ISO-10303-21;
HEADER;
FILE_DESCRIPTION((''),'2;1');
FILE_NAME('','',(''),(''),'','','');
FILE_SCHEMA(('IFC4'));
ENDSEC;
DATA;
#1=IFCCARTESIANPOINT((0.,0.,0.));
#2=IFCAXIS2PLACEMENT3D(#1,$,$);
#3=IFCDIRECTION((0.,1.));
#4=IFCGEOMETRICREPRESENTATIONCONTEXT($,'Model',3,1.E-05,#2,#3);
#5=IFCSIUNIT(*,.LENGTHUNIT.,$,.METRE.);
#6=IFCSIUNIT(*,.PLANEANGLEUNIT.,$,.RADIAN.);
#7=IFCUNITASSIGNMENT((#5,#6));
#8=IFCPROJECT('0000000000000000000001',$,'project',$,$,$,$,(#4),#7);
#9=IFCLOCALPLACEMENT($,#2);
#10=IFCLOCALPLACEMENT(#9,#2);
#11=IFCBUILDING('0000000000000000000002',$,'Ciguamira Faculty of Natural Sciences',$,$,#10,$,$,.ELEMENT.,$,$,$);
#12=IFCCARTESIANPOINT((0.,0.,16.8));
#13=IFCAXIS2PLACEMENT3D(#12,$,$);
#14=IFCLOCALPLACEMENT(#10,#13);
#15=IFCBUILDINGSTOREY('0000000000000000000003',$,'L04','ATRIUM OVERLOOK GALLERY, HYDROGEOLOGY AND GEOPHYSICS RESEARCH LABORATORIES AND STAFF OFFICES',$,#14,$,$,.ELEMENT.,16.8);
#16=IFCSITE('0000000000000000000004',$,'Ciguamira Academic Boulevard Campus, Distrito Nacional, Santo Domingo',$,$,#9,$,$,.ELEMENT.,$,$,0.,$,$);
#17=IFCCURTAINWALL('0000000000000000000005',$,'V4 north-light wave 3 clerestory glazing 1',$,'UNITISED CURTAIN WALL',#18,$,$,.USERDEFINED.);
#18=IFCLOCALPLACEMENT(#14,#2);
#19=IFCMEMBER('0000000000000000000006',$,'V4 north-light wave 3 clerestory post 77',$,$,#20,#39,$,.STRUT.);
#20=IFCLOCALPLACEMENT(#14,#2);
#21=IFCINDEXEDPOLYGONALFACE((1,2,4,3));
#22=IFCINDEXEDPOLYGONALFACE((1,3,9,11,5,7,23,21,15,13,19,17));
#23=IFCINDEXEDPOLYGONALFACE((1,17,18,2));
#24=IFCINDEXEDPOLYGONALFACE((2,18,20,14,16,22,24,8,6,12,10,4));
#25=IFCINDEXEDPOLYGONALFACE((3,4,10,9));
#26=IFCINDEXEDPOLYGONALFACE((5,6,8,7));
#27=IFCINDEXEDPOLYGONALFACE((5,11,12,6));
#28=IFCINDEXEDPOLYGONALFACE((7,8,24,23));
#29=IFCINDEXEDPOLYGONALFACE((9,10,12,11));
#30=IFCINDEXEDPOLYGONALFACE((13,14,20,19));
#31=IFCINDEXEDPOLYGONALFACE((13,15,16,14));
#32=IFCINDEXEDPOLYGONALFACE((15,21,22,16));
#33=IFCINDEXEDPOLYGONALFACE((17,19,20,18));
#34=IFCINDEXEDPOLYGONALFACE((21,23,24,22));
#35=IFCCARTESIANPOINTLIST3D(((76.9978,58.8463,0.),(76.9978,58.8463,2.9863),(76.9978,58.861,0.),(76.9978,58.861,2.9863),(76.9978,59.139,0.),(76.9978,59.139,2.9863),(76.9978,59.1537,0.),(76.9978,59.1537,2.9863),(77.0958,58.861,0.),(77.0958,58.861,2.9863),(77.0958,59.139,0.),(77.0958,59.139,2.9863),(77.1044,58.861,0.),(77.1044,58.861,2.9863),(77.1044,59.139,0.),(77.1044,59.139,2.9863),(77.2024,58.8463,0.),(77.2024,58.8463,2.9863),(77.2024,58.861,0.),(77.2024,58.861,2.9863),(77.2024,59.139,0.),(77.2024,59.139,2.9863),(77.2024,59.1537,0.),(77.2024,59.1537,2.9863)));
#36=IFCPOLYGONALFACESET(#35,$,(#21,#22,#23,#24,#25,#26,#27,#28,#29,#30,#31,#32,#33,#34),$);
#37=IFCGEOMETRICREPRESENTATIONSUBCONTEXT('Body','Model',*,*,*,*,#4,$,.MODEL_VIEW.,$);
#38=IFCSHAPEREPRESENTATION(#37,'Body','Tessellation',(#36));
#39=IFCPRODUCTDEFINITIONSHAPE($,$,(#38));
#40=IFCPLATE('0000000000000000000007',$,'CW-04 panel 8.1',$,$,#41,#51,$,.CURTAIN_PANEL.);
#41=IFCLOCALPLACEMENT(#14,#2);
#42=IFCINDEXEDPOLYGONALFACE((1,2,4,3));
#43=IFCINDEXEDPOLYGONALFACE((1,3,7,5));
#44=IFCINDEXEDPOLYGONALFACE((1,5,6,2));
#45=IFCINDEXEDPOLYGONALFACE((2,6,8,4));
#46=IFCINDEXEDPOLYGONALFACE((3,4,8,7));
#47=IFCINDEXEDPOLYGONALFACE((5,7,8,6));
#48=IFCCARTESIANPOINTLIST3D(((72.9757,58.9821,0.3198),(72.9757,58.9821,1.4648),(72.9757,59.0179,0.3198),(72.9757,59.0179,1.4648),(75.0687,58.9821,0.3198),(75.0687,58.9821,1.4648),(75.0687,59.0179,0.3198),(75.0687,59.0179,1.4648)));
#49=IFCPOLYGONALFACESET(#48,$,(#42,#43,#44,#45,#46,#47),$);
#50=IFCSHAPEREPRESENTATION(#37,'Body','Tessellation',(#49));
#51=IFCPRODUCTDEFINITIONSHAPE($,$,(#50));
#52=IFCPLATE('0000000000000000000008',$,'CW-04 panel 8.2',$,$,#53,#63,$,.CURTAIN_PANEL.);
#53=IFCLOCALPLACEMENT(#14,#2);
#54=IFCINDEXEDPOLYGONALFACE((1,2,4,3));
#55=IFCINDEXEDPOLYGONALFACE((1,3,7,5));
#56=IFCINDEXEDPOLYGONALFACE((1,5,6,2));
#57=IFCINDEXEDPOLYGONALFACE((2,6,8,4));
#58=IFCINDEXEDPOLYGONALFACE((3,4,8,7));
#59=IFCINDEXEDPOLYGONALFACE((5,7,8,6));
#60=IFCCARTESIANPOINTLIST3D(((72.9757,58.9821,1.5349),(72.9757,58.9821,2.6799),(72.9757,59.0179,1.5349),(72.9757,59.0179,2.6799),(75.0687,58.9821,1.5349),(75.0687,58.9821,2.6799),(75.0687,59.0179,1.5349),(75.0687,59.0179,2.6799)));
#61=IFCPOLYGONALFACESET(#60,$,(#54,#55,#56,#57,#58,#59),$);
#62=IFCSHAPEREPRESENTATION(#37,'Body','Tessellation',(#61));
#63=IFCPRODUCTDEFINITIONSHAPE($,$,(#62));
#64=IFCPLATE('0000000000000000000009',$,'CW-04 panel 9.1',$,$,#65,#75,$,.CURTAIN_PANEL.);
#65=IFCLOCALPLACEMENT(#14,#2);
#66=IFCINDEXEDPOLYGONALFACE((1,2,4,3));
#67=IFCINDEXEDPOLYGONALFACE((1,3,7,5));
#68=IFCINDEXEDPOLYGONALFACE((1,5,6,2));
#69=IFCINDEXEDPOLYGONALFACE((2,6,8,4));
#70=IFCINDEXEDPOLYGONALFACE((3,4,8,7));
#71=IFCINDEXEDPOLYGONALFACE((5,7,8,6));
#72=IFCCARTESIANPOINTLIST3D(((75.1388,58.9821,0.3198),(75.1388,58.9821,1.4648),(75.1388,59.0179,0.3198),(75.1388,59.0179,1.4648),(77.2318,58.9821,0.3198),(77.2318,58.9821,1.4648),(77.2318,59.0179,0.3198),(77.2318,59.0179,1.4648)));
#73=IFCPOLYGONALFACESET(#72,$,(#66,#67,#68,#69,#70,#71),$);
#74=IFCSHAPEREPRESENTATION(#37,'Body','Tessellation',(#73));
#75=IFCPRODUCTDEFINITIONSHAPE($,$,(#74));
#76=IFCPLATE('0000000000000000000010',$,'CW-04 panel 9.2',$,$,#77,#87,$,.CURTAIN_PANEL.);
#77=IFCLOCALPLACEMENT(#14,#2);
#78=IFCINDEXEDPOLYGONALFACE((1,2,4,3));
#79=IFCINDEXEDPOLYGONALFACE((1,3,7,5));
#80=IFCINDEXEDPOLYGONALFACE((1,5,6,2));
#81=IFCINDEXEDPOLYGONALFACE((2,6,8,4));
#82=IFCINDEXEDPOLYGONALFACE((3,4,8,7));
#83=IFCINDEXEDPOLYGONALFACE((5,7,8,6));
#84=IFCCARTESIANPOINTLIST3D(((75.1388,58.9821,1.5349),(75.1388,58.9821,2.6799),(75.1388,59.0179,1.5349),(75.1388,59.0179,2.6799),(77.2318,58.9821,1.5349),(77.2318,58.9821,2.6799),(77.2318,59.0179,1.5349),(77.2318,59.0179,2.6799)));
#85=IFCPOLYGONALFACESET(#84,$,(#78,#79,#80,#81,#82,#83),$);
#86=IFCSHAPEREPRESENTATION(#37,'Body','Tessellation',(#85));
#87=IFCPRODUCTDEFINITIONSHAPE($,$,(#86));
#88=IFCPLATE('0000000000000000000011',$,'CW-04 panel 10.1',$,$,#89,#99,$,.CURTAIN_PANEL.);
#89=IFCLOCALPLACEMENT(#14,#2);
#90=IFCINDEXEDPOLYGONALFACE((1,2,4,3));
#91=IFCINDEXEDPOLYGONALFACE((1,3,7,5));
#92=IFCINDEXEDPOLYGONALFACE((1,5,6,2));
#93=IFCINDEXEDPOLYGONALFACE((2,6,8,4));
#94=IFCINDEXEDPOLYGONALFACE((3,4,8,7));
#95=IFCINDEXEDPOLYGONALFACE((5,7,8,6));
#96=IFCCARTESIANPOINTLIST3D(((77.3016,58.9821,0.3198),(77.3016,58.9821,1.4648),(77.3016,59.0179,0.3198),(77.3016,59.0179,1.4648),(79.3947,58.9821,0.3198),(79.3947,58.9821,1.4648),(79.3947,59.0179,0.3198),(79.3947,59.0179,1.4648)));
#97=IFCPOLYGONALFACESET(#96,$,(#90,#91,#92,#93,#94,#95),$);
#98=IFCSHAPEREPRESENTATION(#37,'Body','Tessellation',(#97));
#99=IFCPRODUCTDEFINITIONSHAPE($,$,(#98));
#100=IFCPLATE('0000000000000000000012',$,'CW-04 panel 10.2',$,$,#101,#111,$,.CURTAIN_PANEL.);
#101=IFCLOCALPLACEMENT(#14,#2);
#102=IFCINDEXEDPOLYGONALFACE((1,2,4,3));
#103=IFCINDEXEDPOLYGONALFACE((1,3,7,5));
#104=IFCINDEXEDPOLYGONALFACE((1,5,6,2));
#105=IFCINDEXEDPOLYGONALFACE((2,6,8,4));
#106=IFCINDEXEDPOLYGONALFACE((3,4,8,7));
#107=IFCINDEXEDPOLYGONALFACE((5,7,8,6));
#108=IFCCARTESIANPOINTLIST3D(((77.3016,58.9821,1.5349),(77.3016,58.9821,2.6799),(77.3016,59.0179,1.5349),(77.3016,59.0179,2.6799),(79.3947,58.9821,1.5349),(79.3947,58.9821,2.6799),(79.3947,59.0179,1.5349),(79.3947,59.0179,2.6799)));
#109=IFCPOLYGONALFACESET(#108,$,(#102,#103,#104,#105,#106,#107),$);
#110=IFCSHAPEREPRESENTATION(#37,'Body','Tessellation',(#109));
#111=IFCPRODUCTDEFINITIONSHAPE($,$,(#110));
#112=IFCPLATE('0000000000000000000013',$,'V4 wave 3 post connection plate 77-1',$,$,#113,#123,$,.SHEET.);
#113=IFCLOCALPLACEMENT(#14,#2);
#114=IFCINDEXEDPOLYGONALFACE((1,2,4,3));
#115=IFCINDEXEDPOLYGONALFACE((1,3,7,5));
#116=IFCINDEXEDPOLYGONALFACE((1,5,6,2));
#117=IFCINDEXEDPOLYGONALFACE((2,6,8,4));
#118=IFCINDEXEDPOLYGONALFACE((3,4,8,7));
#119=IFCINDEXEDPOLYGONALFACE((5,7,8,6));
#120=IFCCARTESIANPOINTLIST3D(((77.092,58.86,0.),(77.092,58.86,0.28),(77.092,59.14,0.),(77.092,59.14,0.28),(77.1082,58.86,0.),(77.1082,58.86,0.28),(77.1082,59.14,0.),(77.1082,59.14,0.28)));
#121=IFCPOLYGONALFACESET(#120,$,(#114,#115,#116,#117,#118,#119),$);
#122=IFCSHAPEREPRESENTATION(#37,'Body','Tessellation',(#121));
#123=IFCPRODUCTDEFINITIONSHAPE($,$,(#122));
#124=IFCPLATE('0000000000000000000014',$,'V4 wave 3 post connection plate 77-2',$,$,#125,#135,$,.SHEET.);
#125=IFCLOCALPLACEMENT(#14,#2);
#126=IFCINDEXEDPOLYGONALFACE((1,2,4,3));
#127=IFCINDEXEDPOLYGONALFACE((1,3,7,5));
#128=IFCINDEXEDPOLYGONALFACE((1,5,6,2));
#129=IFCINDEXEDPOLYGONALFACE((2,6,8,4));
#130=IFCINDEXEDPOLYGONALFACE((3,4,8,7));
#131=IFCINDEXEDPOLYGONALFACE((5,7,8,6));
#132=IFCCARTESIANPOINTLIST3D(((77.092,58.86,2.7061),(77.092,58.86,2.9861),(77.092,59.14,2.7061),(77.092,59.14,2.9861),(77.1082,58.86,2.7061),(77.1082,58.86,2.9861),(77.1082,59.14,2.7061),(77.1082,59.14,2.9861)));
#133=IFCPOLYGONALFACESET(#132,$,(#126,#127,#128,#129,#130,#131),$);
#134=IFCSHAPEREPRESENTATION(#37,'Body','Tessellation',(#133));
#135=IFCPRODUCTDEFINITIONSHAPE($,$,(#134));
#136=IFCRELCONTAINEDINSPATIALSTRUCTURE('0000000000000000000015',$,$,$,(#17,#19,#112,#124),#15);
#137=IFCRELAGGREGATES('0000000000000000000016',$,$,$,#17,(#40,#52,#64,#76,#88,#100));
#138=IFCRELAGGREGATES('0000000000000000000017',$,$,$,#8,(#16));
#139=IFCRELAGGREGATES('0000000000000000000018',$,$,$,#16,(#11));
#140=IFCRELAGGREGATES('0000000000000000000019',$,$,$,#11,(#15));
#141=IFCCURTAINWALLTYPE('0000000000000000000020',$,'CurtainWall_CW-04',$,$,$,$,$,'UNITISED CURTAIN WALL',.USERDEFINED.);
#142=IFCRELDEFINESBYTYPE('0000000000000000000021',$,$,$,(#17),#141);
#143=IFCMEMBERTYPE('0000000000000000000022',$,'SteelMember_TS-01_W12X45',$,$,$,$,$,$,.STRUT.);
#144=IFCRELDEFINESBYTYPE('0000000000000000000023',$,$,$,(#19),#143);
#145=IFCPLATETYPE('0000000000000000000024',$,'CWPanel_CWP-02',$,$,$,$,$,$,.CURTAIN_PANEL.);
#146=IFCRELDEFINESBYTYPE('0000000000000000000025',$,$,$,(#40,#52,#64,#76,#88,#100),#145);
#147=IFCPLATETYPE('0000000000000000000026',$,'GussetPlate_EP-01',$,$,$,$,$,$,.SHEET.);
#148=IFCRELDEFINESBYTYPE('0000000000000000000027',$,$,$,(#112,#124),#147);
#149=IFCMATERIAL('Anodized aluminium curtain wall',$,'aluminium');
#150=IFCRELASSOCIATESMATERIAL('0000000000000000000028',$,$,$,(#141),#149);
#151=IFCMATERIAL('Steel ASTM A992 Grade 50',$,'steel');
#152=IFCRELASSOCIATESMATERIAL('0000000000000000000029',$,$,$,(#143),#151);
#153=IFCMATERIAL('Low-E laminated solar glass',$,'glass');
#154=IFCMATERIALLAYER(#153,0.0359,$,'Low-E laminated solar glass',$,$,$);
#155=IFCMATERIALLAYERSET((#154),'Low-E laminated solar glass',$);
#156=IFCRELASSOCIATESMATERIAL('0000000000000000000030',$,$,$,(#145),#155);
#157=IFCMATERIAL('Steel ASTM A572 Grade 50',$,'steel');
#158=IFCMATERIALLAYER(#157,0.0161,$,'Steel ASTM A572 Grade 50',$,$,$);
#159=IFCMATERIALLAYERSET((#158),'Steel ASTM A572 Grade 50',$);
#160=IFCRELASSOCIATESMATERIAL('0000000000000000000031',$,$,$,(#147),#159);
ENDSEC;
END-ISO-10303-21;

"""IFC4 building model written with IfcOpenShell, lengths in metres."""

from ifc_helpers import new_model, si_unit, direction, frame, origin, origin_2d, place, context, subcontext, project, spatial, rectangle, i_section, extrude, material, layer, layer_set, material_profile, profile_set, type_object, element, aggregate, save


model = new_model("IFC4")

# Units and contexts
model_context = context("Model", 3, precision=1e-05, world=origin(), true_north=direction((0.0, 1.0)))
body_context = subcontext(model_context, "Body", "Model", "MODEL_VIEW")
ifc_project = project(units=[si_unit("LENGTHUNIT", "METRE"), si_unit("PLANEANGLEUNIT", "RADIAN")], contexts=[model_context])

# Site, building, storey
site_placement = place(None, origin())
site = spatial("IfcSite", under=ifc_project, at=site_placement, Name="Ciguamira Academic Boulevard Campus, Distrito Nacional, Santo Domingo", CompositionType="ELEMENT", RefElevation=0.0)
building_placement = place(site_placement, origin())
building = spatial("IfcBuilding", under=site, at=building_placement, Name="Ciguamira Faculty of Natural Sciences", CompositionType="ELEMENT")
storey_placement = place(building_placement, frame((0.0, 0.0, 16.8)))
storey = spatial("IfcBuildingStorey", under=building, at=storey_placement, Name="L04", Description="ATRIUM OVERLOOK GALLERY, HYDROGEOLOGY AND GEOPHYSICS RESEARCH LABORATORIES AND STAFF OFFICES", CompositionType="ELEMENT", Elevation=16.8)

# Curtain wall
ifc_material_1 = material(Name="Anodized aluminium curtain wall", Category="aluminium")
curtain_wall_type = type_object("IfcCurtainWallType", Name="CurtainWall_CW-04", ElementType="UNITISED CURTAIN WALL", PredefinedType="USERDEFINED", material=ifc_material_1)
curtain_wall_placement = place(storey_placement, origin())
curtain_wall = element("IfcCurtainWall", 1, at=curtain_wall_placement, inside=storey, type_object=curtain_wall_type, Name="V4 north-light wave 3 clerestory glazing 1", ObjectType="UNITISED CURTAIN WALL", PredefinedType="USERDEFINED")

# Member
ifc_material_2 = material(Name="Steel ASTM A992 Grade 50", Category="steel")
ifc_material_profile_1 = material_profile(ifc_material_2, i_section(OverallWidth=0.2046, OverallDepth=0.3074, WebThickness=0.0085, FlangeThickness=0.0146, at=origin_2d()), Name="W12X45")
ifc_profile_set_1 = profile_set([ifc_material_profile_1], Name="Steel ASTM A992 Grade 50")
member_type_1 = type_object("IfcMemberType", Name="SteelMember_TS-01_W12X45", PredefinedType="STRUT", material=ifc_profile_set_1)
member_1_placement = place(storey_placement, frame((77.1001, 59.0, 0.0), z_axis=(0.0, 0.0, 1.0), x_axis=(1.0, 0.0, 0.0)))
element("IfcMember", 2, at=member_1_placement, inside=storey, type_object=member_type_1, Name="V4 north-light wave 3 clerestory post 77", PredefinedType="STRUT", context=body_context, shape_type="SweptSolid", body=[
    extrude(i_section(OverallWidth=0.2046, OverallDepth=0.3074, WebThickness=0.0085, FlangeThickness=0.0146, at=origin_2d()), origin(), (0.0, 0.0, 1.0), 2.9863),
])

# Plates
ifc_material_3 = material(Name="Low-E laminated solar glass", Category="glass")
ifc_layer_1 = layer(ifc_material_3, 0.0359, Name="Low-E laminated solar glass")
ifc_layer_set_1 = layer_set([ifc_layer_1], Name="Low-E laminated solar glass")
plate_type_1 = type_object("IfcPlateType", Name="CWPanel_CWP-02", PredefinedType="CURTAIN_PANEL", material=ifc_layer_set_1)
plate_1_placement = place(storey_placement, frame((74.0222, 59.0, 0.3198), z_axis=(0.0, 0.0, 1.0), x_axis=(1.0, 0.0, 0.0)))
plate_1 = element("IfcPlate", 3, at=plate_1_placement, type_object=plate_type_1, Name="CW-04 panel 8.1", PredefinedType="CURTAIN_PANEL", context=body_context, shape_type="SweptSolid", body=[
    extrude(rectangle(XDim=2.093, YDim=0.0359, at=origin_2d()), origin(), (0.0, 0.0, 1.0), 1.145),
])
plate_2_placement = place(storey_placement, frame((74.0222, 59.0, 1.5349), z_axis=(0.0, 0.0, 1.0), x_axis=(1.0, 0.0, 0.0)))
plate_2 = element("IfcPlate", 4, at=plate_2_placement, type_object=plate_type_1, Name="CW-04 panel 8.2", PredefinedType="CURTAIN_PANEL", context=body_context, shape_type="SweptSolid", body=[
    extrude(rectangle(XDim=2.093, YDim=0.0359, at=origin_2d()), origin(), (0.0, 0.0, 1.0), 1.145),
])
plate_3_placement = place(storey_placement, frame((76.1853, 59.0, 0.3198), z_axis=(0.0, 0.0, 1.0), x_axis=(1.0, 0.0, 0.0)))
plate_3 = element("IfcPlate", 5, at=plate_3_placement, type_object=plate_type_1, Name="CW-04 panel 9.1", PredefinedType="CURTAIN_PANEL", context=body_context, shape_type="SweptSolid", body=[
    extrude(rectangle(XDim=2.093, YDim=0.0359, at=origin_2d()), origin(), (0.0, 0.0, 1.0), 1.145),
])
plate_4_placement = place(storey_placement, frame((76.1853, 59.0, 1.5349), z_axis=(0.0, 0.0, 1.0), x_axis=(1.0, 0.0, 0.0)))
plate_4 = element("IfcPlate", 6, at=plate_4_placement, type_object=plate_type_1, Name="CW-04 panel 9.2", PredefinedType="CURTAIN_PANEL", context=body_context, shape_type="SweptSolid", body=[
    extrude(rectangle(XDim=2.093, YDim=0.0359, at=origin_2d()), origin(), (0.0, 0.0, 1.0), 1.145),
])
plate_5_placement = place(storey_placement, frame((78.3481, 59.0, 0.3198), z_axis=(0.0, 0.0, 1.0), x_axis=(1.0, 0.0, 0.0)))
plate_5 = element("IfcPlate", 7, at=plate_5_placement, type_object=plate_type_1, Name="CW-04 panel 10.1", PredefinedType="CURTAIN_PANEL", context=body_context, shape_type="SweptSolid", body=[
    extrude(rectangle(XDim=2.093, YDim=0.0359, at=origin_2d()), origin(), (0.0, 0.0, 1.0), 1.145),
])
plate_6_placement = place(storey_placement, frame((78.3481, 59.0, 1.5349), z_axis=(0.0, 0.0, 1.0), x_axis=(1.0, 0.0, 0.0)))
plate_6 = element("IfcPlate", 8, at=plate_6_placement, type_object=plate_type_1, Name="CW-04 panel 10.2", PredefinedType="CURTAIN_PANEL", context=body_context, shape_type="SweptSolid", body=[
    extrude(rectangle(XDim=2.093, YDim=0.0359, at=origin_2d()), origin(), (0.0, 0.0, 1.0), 1.145),
])
aggregate(curtain_wall, [plate_1, plate_2, plate_3, plate_4, plate_5, plate_6])

# Plates
ifc_material_4 = material(Name="Steel ASTM A572 Grade 50", Category="steel")
ifc_layer_2 = layer(ifc_material_4, 0.0161, Name="Steel ASTM A572 Grade 50")
ifc_layer_set_2 = layer_set([ifc_layer_2], Name="Steel ASTM A572 Grade 50")
plate_type_2 = type_object("IfcPlateType", Name="GussetPlate_EP-01", PredefinedType="SHEET", material=ifc_layer_set_2)
for number, where, z_axis, x_axis, name in (
    (9, (77.1001, 59.0, 0.0), (0.0, 0.0, 1.0), (1.0, 0.0, 0.0), "V4 wave 3 post connection plate 77-1"),
    (10, (77.1001, 59.0, 2.7061), (0.0, 0.0, 1.0), (1.0, 0.0, 0.0), "V4 wave 3 post connection plate 77-2"),
):
    element("IfcPlate", number, at=place(storey_placement, frame(where, z_axis=z_axis, x_axis=x_axis)), inside=storey, type_object=plate_type_2, Name=name, PredefinedType="SHEET", context=body_context, shape_type="SweptSolid", body=[
        extrude(rectangle(XDim=0.0161, YDim=0.28, at=origin_2d()), origin(), (0.0, 0.0, 1.0), 0.28),
    ])

save(model, "model.ifc")
